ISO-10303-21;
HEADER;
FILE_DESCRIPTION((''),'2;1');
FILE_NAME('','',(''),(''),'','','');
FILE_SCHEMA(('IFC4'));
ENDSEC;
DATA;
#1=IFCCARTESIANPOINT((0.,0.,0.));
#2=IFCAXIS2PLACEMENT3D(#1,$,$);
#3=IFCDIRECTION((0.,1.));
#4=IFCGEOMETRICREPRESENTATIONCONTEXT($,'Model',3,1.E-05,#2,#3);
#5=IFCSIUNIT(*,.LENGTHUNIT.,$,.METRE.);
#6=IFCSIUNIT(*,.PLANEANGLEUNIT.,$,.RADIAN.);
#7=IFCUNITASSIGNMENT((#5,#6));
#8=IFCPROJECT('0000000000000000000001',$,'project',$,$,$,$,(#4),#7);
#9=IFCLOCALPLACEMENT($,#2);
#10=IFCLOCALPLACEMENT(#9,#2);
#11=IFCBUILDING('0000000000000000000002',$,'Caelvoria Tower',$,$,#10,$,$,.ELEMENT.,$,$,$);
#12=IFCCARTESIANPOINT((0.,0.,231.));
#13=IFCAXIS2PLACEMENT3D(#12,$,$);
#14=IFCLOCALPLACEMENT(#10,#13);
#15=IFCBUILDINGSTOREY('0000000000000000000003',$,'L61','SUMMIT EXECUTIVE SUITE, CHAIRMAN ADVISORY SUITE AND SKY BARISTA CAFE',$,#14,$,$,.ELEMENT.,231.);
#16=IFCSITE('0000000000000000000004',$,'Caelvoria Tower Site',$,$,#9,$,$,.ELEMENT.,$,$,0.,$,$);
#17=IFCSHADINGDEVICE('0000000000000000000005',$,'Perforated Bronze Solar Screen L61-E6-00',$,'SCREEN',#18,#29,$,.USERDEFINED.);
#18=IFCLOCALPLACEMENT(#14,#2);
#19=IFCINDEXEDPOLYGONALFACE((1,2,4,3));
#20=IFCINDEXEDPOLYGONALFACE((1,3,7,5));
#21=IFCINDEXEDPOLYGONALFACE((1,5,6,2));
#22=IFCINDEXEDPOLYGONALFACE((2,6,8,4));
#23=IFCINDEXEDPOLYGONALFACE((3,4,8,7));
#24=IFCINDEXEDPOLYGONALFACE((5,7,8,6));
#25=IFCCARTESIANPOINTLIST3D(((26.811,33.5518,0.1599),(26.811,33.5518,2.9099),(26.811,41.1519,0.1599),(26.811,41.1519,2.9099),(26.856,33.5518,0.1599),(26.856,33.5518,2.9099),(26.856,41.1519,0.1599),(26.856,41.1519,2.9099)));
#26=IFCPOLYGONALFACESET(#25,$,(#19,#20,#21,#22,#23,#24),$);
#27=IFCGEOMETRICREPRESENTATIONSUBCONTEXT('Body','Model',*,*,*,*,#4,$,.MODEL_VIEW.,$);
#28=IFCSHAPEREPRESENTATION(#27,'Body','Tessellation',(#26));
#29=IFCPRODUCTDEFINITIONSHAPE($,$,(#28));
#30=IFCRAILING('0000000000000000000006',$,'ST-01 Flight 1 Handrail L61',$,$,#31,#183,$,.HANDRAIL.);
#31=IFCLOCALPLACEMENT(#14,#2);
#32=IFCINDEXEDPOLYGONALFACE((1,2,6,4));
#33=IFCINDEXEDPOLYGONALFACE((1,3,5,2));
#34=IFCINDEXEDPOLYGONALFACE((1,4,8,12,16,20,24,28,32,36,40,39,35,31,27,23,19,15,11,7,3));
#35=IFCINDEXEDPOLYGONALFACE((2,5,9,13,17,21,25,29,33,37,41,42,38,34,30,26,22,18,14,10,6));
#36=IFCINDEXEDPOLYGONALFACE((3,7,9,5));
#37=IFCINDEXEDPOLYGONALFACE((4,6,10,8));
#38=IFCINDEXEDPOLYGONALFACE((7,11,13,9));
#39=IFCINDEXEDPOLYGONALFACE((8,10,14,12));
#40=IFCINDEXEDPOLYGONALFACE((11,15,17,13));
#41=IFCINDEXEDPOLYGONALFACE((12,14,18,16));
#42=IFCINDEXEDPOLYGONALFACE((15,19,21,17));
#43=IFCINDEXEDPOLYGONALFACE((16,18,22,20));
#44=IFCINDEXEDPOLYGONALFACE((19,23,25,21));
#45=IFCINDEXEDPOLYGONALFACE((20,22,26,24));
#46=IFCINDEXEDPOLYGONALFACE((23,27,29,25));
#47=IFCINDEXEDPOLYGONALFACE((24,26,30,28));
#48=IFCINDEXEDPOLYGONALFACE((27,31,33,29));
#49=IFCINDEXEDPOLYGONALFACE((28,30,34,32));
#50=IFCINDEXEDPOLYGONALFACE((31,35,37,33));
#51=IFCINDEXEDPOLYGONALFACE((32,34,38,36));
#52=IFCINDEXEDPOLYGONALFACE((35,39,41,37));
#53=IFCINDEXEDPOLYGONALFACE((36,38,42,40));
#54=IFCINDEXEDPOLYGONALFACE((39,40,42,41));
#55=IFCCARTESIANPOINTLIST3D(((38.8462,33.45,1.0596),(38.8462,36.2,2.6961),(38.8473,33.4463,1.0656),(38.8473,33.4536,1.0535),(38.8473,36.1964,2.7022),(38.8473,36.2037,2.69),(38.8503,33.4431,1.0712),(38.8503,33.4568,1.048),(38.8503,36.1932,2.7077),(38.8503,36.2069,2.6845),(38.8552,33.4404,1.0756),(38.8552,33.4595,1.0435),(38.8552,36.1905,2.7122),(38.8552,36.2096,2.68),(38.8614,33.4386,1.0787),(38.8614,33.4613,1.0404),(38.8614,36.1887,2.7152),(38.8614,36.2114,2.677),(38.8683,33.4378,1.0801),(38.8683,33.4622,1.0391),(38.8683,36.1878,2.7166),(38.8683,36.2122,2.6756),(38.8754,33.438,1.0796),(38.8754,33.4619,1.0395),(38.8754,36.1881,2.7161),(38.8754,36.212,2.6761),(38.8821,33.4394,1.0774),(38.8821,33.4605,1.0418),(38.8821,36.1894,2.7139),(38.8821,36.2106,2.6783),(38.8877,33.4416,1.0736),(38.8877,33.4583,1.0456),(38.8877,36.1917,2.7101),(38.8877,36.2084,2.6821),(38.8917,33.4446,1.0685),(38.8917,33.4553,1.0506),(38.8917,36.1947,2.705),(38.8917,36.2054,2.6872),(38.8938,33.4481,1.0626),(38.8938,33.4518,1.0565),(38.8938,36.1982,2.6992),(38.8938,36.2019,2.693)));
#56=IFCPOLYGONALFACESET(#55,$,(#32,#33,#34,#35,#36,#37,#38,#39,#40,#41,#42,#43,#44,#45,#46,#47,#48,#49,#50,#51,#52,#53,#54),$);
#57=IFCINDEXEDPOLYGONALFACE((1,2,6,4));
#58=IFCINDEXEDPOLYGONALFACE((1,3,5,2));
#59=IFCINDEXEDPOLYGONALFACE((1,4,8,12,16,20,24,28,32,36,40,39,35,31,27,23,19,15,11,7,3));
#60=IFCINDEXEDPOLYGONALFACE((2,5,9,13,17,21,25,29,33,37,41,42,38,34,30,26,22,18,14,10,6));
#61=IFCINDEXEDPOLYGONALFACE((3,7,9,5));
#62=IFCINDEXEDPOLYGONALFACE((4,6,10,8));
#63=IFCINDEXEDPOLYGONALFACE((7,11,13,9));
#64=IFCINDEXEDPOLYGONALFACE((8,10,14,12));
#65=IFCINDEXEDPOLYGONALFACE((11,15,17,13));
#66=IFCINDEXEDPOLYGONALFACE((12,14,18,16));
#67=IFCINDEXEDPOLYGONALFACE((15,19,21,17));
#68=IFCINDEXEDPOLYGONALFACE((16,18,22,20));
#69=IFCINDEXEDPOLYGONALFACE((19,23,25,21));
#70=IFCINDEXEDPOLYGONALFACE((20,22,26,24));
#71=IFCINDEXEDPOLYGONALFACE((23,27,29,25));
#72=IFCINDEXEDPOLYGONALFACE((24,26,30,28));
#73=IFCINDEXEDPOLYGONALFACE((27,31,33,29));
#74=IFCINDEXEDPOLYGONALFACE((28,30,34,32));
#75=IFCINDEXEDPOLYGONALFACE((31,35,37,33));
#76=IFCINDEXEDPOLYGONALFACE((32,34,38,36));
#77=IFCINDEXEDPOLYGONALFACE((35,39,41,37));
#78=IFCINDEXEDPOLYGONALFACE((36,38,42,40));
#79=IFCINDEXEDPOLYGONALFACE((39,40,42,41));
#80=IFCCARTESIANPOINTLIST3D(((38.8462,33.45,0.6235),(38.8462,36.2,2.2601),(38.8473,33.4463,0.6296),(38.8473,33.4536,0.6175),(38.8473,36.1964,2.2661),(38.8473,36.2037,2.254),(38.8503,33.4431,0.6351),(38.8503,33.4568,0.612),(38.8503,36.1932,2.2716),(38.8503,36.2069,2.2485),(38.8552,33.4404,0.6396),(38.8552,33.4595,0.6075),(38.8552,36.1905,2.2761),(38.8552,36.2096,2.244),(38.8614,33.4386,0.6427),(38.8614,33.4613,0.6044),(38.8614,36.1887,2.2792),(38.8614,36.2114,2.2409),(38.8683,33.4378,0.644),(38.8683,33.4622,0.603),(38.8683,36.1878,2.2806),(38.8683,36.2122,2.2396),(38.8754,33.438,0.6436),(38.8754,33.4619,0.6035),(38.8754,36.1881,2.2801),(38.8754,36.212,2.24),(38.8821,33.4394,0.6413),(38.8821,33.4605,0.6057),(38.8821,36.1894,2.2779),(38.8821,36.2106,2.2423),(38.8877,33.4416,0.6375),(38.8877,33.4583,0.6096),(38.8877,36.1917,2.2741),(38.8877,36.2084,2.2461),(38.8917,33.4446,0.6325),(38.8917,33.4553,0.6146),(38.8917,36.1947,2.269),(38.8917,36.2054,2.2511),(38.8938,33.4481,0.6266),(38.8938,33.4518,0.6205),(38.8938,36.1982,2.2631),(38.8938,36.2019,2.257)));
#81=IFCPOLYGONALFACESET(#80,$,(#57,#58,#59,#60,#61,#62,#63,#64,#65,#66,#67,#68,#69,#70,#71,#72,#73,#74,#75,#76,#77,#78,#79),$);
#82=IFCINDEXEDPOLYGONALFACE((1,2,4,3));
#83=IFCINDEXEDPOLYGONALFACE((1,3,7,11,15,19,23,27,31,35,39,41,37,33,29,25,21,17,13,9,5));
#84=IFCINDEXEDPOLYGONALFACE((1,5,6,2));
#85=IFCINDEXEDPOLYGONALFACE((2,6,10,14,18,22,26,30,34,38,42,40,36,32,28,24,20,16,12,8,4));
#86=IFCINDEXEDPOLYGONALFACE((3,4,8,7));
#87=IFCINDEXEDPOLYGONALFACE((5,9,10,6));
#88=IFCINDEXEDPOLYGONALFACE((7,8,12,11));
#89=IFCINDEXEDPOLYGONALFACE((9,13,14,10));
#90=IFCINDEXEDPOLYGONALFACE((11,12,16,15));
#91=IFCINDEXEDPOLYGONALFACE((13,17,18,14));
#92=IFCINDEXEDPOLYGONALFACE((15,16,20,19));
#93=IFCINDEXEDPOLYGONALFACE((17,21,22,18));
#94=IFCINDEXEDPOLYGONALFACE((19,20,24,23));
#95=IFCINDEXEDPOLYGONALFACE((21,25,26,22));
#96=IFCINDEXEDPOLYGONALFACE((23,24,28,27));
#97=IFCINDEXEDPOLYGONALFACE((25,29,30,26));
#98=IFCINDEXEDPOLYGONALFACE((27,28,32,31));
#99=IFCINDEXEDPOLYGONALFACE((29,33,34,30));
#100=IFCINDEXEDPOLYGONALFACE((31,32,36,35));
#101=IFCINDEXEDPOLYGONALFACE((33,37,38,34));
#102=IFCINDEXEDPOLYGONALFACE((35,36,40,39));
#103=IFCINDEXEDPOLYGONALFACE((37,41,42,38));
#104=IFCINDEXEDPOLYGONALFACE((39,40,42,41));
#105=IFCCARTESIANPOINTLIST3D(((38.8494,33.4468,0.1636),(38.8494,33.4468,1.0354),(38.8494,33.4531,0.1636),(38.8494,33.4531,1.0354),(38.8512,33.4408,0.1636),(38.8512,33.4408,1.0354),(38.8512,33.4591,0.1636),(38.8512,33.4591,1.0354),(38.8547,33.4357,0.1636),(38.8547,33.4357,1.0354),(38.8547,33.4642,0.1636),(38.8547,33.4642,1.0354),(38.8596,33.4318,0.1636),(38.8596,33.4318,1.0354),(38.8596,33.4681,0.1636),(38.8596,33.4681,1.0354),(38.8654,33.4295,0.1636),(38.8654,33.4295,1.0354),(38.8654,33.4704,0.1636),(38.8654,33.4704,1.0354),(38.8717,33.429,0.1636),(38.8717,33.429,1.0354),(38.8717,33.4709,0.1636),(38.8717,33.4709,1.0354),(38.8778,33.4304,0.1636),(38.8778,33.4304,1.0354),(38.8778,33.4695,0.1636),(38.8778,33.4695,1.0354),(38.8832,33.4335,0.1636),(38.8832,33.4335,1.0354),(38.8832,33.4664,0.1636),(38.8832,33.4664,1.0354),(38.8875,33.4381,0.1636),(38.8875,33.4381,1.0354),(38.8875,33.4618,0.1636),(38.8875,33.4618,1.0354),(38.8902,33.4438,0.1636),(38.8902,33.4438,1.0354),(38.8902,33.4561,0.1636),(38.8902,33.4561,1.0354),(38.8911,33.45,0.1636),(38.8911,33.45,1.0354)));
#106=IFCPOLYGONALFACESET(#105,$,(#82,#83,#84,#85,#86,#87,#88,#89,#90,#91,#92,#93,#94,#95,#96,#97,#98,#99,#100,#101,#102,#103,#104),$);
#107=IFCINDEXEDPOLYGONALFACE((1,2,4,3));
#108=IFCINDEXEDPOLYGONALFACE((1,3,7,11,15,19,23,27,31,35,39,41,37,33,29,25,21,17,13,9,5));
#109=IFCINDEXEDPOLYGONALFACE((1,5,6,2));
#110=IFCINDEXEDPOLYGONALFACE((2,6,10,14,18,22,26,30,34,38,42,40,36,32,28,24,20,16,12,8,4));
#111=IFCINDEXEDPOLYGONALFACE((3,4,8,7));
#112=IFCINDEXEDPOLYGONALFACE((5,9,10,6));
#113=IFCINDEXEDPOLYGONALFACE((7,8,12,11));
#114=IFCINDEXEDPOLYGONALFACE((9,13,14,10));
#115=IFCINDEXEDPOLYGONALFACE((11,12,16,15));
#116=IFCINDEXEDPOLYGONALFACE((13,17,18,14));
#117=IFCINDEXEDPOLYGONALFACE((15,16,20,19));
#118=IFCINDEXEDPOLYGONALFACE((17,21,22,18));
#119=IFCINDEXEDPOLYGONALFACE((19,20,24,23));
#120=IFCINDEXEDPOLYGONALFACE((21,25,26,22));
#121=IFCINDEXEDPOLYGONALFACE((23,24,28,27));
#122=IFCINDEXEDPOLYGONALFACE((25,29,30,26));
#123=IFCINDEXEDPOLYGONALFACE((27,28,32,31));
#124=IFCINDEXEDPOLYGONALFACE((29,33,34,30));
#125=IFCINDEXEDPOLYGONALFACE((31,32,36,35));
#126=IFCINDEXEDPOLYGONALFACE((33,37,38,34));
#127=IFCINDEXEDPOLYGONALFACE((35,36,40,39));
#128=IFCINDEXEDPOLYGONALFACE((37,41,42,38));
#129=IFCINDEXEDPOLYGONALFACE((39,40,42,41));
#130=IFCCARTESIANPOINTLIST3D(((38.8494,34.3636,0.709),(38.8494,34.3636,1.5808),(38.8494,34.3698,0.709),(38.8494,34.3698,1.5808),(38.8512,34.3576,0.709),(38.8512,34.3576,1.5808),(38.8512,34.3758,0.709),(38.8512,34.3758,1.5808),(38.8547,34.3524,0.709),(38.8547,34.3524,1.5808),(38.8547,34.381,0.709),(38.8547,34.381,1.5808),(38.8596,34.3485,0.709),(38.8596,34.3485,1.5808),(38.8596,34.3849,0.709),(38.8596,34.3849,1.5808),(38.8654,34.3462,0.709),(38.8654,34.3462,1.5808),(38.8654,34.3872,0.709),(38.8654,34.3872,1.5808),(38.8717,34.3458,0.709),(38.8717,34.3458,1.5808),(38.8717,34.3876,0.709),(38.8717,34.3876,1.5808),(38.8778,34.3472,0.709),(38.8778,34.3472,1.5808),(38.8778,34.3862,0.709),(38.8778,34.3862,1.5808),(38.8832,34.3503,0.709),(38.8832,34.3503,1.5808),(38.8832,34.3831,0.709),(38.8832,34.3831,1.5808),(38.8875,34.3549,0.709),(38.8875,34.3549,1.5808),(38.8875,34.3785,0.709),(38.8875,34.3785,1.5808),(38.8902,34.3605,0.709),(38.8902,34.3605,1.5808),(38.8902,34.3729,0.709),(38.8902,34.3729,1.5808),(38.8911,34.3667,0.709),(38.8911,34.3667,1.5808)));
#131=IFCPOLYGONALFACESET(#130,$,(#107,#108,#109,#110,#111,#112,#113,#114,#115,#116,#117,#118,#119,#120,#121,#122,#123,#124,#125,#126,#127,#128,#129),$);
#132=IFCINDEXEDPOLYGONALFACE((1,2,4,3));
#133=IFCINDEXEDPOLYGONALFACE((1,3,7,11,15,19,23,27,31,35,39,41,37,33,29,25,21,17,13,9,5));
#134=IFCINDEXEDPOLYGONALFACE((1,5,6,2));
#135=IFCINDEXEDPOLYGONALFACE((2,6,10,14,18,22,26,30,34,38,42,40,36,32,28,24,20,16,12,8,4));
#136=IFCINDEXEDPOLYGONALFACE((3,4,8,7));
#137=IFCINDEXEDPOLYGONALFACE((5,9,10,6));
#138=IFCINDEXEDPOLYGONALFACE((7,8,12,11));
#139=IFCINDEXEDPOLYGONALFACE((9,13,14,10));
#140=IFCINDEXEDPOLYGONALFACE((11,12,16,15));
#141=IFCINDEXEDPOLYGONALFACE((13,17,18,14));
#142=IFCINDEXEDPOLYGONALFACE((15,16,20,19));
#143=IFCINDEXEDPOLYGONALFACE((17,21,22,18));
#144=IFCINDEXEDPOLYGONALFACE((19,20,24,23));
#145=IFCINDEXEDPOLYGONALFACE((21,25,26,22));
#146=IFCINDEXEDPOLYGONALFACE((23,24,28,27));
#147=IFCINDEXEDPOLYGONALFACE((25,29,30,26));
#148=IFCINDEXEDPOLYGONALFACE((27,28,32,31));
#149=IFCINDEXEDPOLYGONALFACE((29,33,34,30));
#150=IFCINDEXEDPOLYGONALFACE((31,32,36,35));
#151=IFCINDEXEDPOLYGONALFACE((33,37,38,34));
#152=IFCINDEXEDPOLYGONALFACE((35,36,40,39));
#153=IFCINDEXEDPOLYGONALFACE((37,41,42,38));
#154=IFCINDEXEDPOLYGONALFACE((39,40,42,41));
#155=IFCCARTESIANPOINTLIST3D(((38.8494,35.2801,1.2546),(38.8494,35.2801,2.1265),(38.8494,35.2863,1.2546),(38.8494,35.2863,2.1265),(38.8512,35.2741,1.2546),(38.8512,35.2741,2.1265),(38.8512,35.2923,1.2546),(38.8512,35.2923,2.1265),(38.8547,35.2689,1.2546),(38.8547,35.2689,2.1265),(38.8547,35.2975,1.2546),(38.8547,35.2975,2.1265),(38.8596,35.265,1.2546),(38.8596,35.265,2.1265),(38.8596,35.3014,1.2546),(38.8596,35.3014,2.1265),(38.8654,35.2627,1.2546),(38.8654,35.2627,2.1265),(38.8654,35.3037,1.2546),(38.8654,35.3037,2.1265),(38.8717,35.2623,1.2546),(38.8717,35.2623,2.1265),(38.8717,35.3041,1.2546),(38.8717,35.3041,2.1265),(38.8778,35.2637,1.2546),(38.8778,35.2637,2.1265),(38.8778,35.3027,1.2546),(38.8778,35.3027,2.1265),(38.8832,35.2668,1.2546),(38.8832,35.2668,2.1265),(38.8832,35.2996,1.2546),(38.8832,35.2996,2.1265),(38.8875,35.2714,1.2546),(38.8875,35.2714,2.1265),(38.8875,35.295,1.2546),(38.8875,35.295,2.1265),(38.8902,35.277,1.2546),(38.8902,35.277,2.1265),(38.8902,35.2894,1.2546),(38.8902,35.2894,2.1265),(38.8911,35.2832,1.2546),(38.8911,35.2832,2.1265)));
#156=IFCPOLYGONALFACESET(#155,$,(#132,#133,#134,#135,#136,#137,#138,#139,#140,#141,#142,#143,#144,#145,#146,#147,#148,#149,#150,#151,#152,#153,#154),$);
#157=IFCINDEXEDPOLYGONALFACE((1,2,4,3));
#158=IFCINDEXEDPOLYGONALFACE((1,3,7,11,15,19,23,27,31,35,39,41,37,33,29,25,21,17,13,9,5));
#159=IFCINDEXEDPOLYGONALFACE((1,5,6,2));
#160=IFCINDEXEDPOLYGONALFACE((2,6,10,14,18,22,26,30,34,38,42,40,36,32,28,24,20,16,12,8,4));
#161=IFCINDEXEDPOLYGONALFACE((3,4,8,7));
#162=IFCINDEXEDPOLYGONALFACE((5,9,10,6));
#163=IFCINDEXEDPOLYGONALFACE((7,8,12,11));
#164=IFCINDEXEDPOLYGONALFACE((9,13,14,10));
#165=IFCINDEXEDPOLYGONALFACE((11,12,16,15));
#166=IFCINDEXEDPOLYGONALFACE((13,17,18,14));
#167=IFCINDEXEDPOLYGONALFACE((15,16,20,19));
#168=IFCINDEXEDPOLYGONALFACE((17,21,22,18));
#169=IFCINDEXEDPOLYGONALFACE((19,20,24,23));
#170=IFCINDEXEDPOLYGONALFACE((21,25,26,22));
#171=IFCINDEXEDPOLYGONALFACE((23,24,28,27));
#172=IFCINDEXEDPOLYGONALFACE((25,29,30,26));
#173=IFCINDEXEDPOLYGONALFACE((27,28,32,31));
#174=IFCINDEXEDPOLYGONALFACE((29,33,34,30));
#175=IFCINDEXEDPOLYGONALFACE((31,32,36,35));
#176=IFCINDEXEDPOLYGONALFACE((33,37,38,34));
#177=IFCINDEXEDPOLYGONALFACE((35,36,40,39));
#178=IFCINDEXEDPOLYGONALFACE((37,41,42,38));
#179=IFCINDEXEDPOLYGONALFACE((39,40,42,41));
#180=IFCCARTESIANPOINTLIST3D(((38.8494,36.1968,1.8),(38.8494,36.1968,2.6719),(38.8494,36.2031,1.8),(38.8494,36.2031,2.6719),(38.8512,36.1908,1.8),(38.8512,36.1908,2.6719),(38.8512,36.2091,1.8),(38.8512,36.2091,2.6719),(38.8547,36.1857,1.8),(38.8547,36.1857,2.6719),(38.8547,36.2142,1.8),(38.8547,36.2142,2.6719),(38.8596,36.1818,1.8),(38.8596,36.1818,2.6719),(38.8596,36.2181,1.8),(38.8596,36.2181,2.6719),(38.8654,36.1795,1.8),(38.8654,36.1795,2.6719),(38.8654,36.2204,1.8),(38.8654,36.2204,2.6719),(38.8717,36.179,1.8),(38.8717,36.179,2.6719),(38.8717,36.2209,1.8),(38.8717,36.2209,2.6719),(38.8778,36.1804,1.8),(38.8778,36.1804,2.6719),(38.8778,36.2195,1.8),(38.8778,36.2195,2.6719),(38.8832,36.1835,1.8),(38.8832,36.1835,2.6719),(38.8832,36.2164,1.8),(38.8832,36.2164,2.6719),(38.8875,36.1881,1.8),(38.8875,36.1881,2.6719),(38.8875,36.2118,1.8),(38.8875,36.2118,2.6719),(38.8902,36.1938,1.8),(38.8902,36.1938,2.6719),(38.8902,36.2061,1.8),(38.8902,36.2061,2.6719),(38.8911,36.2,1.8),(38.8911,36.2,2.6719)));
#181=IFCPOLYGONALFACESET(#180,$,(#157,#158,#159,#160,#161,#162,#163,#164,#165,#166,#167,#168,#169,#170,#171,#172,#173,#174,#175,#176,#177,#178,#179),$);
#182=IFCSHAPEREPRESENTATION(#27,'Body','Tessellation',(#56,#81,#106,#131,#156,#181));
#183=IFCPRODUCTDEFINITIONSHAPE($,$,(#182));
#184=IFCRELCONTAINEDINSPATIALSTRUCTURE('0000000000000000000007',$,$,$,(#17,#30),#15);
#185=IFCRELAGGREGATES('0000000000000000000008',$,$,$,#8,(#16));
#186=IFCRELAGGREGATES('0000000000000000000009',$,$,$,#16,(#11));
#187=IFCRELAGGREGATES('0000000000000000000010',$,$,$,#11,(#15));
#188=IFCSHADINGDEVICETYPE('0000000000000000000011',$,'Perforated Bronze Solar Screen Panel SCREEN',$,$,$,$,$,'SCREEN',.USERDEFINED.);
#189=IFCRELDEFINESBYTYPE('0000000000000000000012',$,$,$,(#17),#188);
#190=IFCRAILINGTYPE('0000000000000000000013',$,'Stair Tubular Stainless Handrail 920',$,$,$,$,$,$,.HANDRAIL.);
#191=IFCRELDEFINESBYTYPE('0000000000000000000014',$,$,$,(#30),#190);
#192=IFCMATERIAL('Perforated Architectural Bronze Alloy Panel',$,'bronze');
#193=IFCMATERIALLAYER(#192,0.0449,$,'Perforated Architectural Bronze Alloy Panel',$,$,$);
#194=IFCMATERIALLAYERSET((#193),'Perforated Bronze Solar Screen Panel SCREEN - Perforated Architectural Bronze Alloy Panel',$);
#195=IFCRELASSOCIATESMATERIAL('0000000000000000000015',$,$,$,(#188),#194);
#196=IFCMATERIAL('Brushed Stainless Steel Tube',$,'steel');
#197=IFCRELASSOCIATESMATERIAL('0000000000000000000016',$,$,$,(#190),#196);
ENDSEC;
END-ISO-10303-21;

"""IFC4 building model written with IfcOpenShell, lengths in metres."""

from ifc_helpers import new_model, si_unit, direction, frame, origin, origin_2d, place, context, subcontext, project, spatial, rectangle, circle, extrude, material, layer, layer_set, type_object, element, save


model = new_model("IFC4")

# Units and contexts
model_context = context("Model", 3, precision=1e-05, world=origin(), true_north=direction((0.0, 1.0)))
body_context = subcontext(model_context, "Body", "Model", "MODEL_VIEW")
ifc_project = project(units=[si_unit("LENGTHUNIT", "METRE"), si_unit("PLANEANGLEUNIT", "RADIAN")], contexts=[model_context])

# Site, building, storey
site_placement = place(None, origin())
site = spatial("IfcSite", under=ifc_project, at=site_placement, Name="Caelvoria Tower Site", CompositionType="ELEMENT", RefElevation=0.0)
building_placement = place(site_placement, origin())
building = spatial("IfcBuilding", under=site, at=building_placement, Name="Caelvoria Tower", CompositionType="ELEMENT")
storey_placement = place(building_placement, frame((0.0, 0.0, 231.0)))
storey = spatial("IfcBuildingStorey", under=building, at=storey_placement, Name="L61", Description="SUMMIT EXECUTIVE SUITE, CHAIRMAN ADVISORY SUITE AND SKY BARISTA CAFE", CompositionType="ELEMENT", Elevation=231.0)

# Shading device
ifc_material_1 = material(Name="Perforated Architectural Bronze Alloy Panel", Category="bronze")
ifc_layer_1 = layer(ifc_material_1, 0.0449, Name="Perforated Architectural Bronze Alloy Panel")
ifc_layer_set_1 = layer_set([ifc_layer_1], Name="Perforated Bronze Solar Screen Panel SCREEN - Perforated Architectural Bronze Alloy Panel")
shading_device_type = type_object("IfcShadingDeviceType", Name="Perforated Bronze Solar Screen Panel SCREEN", ElementType="SCREEN", PredefinedType="USERDEFINED", material=ifc_layer_set_1)
shading_device_placement = place(storey_placement, frame((26.8335, 37.3518, 0.1599), z_axis=(0.0, 0.0, 1.0), x_axis=(0.0, -1.0, 0.0)))
element("IfcShadingDevice", 1, at=shading_device_placement, inside=storey, type_object=shading_device_type, Name="Perforated Bronze Solar Screen L61-E6-00", ObjectType="SCREEN", PredefinedType="USERDEFINED", context=body_context, shape_type="SweptSolid", body=[
    extrude(rectangle(XDim=7.6001, YDim=0.0449, at=origin_2d()), origin(), (0.0, 0.0, 1.0), 2.75),
])

# Railing
ifc_material_2 = material(Name="Brushed Stainless Steel Tube", Category="steel")
railing_type_1 = type_object("IfcRailingType", Name="Stair Tubular Stainless Handrail 920", PredefinedType="HANDRAIL", material=ifc_material_2)
railing_1_placement = place(storey_placement, frame((38.8701, 33.45, 0.1636)))
element("IfcRailing", 2, at=railing_1_placement, inside=storey, type_object=railing_type_1, Name="ST-01 Flight 1 Handrail L61", PredefinedType="HANDRAIL", context=body_context, shape_type="SweptSolid", body=[
    extrude(circle(Radius=0.0239, at=origin_2d()), frame((0.0, 0.0, 0.896), z_axis=(0.0, 0.859352, 0.511385), x_axis=(-1.0, 0.0, 0.0)), (0.0, 0.0, 1.0), 3.2002),
    extrude(circle(Radius=0.0239, at=origin_2d()), frame((0.0, 0.0, 0.46), z_axis=(0.0, 0.859352, 0.511385), x_axis=(-1.0, 0.0, 0.0)), (0.0, 0.0, 1.0), 3.2002),
    extrude(circle(Radius=0.021, at=origin_2d()), origin(), (0.0, 0.0, 1.0), 0.8718),
    extrude(circle(Radius=0.021, at=origin_2d()), frame((0.0, 0.9167, 0.5454)), (0.0, 0.0, 1.0), 0.8718),
    extrude(circle(Radius=0.021, at=origin_2d()), frame((0.0, 1.8333, 1.0911)), (0.0, 0.0, 1.0), 0.8718),
    extrude(circle(Radius=0.021, at=origin_2d()), frame((0.0, 2.75, 1.6365)), (0.0, 0.0, 1.0), 0.8718),
])

save(model, "model.ifc")
